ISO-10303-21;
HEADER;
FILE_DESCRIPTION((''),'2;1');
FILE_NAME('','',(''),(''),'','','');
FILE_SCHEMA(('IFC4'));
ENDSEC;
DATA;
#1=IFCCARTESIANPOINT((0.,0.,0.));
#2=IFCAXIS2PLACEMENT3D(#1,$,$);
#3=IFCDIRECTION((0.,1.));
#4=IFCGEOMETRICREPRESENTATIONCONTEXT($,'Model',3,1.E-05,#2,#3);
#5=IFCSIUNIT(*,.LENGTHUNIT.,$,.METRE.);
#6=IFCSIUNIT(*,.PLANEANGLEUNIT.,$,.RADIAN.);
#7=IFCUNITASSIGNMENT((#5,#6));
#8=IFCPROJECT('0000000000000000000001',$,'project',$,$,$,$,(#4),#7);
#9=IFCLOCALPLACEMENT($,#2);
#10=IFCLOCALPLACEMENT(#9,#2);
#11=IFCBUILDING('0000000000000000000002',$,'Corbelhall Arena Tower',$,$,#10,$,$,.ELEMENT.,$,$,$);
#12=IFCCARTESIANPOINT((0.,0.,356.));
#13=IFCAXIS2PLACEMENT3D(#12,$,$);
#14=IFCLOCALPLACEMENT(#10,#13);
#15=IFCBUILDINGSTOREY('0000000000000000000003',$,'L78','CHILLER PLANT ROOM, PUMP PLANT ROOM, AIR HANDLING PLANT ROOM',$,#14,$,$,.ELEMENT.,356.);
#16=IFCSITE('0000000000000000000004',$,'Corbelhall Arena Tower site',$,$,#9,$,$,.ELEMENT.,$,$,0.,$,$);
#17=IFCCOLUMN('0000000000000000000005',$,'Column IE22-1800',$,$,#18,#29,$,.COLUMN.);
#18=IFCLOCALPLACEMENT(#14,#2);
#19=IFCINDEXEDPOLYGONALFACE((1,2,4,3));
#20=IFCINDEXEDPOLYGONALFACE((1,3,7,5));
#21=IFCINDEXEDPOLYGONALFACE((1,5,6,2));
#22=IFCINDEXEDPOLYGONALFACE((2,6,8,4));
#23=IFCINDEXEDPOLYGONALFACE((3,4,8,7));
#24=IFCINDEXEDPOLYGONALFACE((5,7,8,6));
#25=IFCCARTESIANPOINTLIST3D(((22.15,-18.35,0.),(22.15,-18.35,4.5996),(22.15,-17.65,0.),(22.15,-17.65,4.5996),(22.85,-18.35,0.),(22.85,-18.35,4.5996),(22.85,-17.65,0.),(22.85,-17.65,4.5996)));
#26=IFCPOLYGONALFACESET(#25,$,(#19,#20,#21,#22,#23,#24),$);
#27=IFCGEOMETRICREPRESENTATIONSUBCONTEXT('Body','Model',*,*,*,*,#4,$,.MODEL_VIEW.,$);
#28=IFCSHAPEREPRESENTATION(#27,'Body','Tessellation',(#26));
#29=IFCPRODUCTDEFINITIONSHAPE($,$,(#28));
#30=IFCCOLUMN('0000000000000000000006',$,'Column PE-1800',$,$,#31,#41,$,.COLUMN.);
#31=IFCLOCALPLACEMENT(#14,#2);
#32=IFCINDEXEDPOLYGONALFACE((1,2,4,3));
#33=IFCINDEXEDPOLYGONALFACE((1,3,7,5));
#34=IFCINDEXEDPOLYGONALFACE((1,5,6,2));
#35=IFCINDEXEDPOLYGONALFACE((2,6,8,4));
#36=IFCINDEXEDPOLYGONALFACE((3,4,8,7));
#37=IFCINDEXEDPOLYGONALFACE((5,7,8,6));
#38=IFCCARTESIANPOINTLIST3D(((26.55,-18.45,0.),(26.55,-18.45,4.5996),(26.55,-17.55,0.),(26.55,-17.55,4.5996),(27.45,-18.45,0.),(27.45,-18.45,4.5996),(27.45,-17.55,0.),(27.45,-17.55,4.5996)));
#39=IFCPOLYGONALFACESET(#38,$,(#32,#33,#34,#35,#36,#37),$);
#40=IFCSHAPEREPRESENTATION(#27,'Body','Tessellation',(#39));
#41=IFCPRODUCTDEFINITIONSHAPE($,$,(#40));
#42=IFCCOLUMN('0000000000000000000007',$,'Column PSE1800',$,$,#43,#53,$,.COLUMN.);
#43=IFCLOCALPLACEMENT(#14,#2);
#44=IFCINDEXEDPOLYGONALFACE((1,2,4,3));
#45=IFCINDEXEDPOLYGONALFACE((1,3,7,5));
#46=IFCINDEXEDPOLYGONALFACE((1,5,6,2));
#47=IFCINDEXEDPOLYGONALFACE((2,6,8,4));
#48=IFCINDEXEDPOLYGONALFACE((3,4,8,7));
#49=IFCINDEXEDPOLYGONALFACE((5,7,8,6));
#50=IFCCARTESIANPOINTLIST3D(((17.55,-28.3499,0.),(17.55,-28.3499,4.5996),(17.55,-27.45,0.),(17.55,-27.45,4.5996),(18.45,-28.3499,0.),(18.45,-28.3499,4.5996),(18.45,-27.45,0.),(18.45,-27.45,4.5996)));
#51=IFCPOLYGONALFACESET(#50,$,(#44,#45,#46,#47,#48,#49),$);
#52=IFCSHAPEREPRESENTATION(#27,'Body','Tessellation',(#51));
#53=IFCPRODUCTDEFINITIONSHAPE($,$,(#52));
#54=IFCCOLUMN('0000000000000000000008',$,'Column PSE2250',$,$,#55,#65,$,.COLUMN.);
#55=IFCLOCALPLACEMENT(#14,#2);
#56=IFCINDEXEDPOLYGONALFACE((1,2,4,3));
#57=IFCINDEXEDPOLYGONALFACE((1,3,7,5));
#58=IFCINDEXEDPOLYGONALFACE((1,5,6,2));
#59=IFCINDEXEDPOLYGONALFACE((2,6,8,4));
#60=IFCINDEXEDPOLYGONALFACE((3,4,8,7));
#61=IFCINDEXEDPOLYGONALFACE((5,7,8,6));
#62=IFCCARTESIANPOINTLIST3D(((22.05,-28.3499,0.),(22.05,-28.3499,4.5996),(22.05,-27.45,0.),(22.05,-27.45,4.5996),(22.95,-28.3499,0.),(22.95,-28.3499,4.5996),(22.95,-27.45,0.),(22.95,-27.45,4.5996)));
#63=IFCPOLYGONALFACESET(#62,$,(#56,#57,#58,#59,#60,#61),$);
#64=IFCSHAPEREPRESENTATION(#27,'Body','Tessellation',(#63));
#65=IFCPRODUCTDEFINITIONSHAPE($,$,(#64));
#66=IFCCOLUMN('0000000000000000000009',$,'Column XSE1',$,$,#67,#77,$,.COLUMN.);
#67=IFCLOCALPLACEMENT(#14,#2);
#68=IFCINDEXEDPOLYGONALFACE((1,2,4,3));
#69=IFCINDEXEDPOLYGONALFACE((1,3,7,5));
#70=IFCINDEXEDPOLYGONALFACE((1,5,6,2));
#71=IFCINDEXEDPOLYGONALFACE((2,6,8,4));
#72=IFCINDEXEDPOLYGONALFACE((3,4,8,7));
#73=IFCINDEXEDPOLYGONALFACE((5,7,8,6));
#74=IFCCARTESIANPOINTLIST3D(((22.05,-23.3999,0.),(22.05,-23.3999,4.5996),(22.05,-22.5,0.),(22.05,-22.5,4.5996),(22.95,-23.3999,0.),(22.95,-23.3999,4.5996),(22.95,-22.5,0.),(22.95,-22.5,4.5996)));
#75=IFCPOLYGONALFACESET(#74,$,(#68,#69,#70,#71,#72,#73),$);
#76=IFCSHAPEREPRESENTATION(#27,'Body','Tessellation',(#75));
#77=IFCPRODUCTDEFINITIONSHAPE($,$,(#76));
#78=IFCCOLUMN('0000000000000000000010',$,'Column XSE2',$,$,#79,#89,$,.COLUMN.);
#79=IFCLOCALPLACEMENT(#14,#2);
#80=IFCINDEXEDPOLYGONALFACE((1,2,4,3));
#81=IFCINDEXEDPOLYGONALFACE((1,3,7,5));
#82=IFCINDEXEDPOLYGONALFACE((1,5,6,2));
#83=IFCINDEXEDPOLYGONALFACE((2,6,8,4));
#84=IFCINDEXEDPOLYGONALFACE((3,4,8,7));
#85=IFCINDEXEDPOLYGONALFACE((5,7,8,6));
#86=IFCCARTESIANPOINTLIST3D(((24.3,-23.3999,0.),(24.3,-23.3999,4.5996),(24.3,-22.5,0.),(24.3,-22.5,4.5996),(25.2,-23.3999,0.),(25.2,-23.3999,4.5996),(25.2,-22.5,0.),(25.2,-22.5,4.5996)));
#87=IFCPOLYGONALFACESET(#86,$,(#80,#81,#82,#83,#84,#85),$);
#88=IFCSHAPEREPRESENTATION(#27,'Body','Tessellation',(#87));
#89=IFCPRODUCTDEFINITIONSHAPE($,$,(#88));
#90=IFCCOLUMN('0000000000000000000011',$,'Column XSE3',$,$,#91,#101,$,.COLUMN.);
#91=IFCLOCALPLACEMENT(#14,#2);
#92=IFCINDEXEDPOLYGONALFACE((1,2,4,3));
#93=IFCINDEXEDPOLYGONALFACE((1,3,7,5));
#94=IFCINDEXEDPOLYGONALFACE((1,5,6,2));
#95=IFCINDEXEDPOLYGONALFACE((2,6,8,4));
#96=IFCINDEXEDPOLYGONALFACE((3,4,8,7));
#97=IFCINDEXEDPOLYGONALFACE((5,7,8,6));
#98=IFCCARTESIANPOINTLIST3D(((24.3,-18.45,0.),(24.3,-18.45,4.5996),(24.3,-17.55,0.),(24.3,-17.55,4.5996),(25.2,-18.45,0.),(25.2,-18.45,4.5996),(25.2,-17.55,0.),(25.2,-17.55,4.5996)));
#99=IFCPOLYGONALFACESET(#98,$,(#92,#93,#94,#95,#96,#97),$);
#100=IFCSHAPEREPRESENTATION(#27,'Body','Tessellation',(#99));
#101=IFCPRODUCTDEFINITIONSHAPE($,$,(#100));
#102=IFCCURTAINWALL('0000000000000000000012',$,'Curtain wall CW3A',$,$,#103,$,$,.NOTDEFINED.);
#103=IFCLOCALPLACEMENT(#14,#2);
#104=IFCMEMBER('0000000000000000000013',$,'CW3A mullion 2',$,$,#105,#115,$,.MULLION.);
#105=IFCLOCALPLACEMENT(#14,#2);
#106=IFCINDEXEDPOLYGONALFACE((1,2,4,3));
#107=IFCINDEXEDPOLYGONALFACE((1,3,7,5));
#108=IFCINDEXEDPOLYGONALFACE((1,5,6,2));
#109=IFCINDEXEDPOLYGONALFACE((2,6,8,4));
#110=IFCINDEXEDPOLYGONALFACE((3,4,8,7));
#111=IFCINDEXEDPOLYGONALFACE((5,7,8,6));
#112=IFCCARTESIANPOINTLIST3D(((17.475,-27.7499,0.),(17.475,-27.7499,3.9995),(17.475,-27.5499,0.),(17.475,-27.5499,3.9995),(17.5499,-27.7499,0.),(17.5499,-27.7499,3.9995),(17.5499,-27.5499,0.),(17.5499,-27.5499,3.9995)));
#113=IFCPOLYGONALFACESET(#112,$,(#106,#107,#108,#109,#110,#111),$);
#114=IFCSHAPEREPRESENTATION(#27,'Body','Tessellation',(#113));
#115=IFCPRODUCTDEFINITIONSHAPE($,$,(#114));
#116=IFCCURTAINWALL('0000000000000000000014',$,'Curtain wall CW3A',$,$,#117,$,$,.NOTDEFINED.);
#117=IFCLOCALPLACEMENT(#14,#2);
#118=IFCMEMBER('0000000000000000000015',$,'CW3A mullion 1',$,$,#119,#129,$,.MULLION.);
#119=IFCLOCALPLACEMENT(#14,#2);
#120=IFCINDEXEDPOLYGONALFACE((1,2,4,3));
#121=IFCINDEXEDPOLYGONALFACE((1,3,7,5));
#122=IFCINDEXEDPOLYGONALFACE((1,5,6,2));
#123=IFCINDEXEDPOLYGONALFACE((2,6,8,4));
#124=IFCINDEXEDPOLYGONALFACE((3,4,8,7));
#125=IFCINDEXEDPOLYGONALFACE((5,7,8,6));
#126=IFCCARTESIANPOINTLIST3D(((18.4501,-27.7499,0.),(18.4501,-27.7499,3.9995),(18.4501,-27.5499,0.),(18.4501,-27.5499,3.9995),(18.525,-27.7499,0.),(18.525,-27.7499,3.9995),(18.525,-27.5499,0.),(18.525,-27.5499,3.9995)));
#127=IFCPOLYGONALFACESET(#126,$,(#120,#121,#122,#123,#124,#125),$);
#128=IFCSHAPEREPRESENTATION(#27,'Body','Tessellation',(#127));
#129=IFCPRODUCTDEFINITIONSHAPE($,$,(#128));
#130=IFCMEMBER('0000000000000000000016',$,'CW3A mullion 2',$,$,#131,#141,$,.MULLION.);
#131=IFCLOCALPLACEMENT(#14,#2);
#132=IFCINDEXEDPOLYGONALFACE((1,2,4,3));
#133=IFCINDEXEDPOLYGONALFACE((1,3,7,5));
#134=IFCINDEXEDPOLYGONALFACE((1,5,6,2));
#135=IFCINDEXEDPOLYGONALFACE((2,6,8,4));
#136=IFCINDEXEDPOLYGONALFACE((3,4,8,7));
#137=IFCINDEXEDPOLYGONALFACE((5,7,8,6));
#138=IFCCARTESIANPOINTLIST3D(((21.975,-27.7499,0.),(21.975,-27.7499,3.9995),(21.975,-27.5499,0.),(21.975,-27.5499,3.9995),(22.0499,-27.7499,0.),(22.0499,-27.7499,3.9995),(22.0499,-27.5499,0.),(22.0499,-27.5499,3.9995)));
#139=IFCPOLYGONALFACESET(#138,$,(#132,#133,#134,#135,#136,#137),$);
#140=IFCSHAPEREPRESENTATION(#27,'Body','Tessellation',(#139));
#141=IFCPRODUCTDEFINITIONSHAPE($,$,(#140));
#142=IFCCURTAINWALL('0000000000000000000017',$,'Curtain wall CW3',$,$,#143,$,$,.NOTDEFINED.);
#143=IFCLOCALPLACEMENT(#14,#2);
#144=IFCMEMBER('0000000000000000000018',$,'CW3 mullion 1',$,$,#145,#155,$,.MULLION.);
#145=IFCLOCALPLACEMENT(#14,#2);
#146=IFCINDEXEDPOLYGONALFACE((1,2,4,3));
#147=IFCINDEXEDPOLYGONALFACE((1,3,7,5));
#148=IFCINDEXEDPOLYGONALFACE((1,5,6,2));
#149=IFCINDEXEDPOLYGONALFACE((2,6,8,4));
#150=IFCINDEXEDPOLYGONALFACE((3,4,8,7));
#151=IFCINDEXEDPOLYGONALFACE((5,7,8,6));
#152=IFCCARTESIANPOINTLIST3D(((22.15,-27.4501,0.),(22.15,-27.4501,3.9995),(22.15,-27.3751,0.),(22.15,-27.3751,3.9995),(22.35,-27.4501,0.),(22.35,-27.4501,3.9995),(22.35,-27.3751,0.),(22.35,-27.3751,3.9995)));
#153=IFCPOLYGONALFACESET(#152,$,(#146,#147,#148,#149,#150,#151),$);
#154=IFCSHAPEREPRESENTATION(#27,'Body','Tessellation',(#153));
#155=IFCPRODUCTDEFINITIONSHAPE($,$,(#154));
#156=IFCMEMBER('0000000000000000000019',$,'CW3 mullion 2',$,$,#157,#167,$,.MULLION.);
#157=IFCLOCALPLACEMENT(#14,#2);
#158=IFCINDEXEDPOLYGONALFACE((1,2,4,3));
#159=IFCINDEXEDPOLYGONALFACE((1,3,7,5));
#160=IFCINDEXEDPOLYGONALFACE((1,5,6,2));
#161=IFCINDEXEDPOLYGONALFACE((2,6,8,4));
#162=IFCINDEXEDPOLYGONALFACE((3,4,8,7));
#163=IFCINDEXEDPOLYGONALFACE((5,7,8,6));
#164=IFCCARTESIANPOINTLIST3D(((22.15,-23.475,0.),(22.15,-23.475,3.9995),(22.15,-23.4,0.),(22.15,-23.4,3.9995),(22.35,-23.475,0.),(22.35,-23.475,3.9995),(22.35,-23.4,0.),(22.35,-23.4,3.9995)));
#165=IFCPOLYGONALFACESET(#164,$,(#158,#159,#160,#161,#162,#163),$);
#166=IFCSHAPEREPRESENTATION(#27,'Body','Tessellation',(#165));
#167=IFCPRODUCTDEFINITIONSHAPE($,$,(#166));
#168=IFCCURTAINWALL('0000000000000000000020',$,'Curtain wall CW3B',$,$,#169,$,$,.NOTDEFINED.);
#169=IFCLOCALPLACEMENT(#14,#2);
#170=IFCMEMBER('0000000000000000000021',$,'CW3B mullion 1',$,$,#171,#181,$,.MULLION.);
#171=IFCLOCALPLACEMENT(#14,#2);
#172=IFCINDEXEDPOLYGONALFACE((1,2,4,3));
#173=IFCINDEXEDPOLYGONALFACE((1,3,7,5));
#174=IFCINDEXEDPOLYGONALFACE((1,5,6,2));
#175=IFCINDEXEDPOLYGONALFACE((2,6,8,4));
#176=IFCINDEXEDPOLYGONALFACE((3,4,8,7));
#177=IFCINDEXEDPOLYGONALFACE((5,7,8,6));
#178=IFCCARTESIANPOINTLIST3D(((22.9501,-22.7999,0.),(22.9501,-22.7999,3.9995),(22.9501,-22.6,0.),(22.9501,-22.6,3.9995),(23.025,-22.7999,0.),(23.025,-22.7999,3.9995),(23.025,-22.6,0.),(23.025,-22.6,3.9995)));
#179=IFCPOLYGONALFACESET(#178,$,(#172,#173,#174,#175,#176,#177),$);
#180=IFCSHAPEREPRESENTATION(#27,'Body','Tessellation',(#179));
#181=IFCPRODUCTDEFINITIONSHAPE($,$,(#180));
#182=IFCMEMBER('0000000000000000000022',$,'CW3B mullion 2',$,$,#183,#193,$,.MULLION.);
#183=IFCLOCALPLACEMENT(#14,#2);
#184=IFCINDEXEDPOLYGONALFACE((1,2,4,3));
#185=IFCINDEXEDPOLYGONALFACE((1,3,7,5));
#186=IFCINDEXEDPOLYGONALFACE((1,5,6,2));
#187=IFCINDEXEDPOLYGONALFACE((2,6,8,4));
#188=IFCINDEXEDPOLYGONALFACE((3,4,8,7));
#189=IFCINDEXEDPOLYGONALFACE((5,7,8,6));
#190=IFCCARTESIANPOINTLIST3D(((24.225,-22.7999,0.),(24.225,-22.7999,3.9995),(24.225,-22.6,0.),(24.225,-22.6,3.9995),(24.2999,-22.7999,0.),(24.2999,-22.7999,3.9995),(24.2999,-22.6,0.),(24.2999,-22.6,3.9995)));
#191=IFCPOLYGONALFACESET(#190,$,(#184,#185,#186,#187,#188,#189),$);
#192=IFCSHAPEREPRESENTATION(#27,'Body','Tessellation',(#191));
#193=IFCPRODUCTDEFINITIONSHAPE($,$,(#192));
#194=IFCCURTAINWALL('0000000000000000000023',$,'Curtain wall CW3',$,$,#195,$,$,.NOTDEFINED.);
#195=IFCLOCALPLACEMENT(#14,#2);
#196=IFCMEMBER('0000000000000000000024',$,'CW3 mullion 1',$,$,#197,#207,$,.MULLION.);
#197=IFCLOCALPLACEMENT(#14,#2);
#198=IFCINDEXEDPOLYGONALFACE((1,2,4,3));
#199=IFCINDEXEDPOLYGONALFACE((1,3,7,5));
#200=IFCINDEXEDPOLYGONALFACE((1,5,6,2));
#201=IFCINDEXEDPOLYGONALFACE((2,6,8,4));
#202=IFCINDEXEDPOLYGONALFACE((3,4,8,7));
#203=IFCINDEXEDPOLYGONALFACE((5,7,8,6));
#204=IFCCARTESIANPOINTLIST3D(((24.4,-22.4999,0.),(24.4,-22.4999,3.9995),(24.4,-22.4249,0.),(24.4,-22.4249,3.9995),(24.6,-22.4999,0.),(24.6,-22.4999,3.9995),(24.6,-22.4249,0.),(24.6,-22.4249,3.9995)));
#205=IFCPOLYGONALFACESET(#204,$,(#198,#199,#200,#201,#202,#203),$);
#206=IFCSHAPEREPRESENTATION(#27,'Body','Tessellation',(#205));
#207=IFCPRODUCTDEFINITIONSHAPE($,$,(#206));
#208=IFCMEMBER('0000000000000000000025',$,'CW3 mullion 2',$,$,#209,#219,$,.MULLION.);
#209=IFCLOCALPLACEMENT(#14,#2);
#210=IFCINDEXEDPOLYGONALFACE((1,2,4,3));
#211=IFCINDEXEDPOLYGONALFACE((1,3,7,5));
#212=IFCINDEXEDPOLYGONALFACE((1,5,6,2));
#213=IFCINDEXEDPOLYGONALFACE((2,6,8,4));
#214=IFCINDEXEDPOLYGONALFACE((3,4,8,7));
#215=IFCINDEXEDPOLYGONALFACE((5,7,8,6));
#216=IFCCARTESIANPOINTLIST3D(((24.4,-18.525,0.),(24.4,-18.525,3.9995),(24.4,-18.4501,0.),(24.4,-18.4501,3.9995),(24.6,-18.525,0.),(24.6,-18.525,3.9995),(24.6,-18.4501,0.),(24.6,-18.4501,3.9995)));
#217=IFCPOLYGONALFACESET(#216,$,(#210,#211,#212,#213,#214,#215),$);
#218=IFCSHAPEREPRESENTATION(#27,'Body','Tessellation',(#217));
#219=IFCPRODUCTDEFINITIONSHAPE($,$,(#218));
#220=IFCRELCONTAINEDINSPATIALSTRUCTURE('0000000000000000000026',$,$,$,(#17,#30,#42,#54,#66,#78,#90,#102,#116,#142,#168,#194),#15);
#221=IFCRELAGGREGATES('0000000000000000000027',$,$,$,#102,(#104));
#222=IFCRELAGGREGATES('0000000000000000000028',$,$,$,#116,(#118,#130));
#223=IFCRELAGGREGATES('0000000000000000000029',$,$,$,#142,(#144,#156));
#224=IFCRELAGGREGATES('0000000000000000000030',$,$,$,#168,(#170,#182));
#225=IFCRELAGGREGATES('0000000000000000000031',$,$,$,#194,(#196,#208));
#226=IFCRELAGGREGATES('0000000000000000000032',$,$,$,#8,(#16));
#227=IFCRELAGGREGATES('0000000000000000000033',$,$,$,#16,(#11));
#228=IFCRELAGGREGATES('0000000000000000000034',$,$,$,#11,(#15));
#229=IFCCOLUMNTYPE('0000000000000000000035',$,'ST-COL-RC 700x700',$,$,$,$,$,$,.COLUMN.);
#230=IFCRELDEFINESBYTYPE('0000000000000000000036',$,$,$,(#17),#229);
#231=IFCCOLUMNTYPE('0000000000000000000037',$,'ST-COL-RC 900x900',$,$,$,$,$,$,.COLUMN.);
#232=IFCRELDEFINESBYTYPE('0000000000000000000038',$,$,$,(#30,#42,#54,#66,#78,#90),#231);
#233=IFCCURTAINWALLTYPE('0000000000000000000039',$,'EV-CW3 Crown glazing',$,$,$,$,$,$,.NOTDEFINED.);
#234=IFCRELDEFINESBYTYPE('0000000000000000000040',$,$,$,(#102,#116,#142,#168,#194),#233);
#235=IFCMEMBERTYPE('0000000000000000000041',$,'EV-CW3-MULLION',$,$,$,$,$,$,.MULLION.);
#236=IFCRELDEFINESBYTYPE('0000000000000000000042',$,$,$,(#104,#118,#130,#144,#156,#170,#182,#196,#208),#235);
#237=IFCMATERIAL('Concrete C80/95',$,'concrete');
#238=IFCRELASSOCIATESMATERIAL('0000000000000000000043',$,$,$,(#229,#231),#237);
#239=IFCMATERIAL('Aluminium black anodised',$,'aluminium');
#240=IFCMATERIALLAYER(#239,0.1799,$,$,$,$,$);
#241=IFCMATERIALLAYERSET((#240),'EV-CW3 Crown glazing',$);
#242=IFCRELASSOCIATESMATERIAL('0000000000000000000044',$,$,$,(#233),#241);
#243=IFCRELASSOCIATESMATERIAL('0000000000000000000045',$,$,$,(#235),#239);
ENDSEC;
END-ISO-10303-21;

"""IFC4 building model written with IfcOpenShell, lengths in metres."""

from ifc_helpers import new_model, si_unit, direction, frame, origin, origin_2d, place, context, subcontext, project, spatial, rectangle, extrude, material, layer, layer_set, material_profile, profile_set, type_object, element, aggregate, save


model = new_model("IFC4")

# Units and contexts
model_context = context("Model", 3, precision=1e-05, world=origin(), true_north=direction((0.0, 1.0)))
body_context = subcontext(model_context, "Body", "Model", "MODEL_VIEW")
ifc_project = project(units=[si_unit("LENGTHUNIT", "METRE"), si_unit("PLANEANGLEUNIT", "RADIAN")], contexts=[model_context])

# Site, building, storey
site_placement = place(None, origin())
site = spatial("IfcSite", under=ifc_project, at=site_placement, Name="Corbelhall Arena Tower site", CompositionType="ELEMENT", RefElevation=0.0)
building_placement = place(site_placement, origin())
building = spatial("IfcBuilding", under=site, at=building_placement, Name="Corbelhall Arena Tower", CompositionType="ELEMENT")
storey_placement = place(building_placement, frame((0.0, 0.0, 356.0)))
storey = spatial("IfcBuildingStorey", under=building, at=storey_placement, Name="L78", Description="CHILLER PLANT ROOM, PUMP PLANT ROOM, AIR HANDLING PLANT ROOM", CompositionType="ELEMENT", Elevation=356.0)

# Columns
ifc_material_1 = material(Name="Concrete C80/95", Category="concrete")
ifc_material_profile_1 = material_profile(ifc_material_1, rectangle(XDim=0.7, YDim=0.7, at=origin_2d()))
ifc_profile_set_1 = profile_set([ifc_material_profile_1], Name="Concrete C80/95")
column_type_1 = type_object("IfcColumnType", Name="ST-COL-RC 700x700", PredefinedType="COLUMN", material=ifc_profile_set_1)
column_placement = place(storey_placement, frame((22.5, -18.0, 0.0), z_axis=(0.0, 0.0, 1.0), x_axis=(1.0, 0.0, 0.0)))
element("IfcColumn", 1, at=column_placement, inside=storey, type_object=column_type_1, Name="Column IE22-1800", PredefinedType="COLUMN", context=body_context, shape_type="SweptSolid", body=[
    extrude(rectangle(XDim=0.7, YDim=0.7, at=origin_2d()), origin(), (0.0, 0.0, 1.0), 4.5996),
])
ifc_material_profile_2 = material_profile(ifc_material_1, rectangle(XDim=0.8999, YDim=0.8999, at=origin_2d()))
ifc_profile_set_2 = profile_set([ifc_material_profile_2], Name="Concrete C80/95")
column_type_2 = type_object("IfcColumnType", Name="ST-COL-RC 900x900", PredefinedType="COLUMN", material=ifc_profile_set_2)
for number, where, z_axis, x_axis, name in (
    (2, (27.0, -18.0, 0.0), (0.0, 0.0, 1.0), (0.0, 1.0, 0.0), "Column PE-1800"),
    (3, (18.0, -27.8999, 0.0), (0.0, 0.0, 1.0), (1.0, 0.0, 0.0), "Column PSE1800"),
    (4, (22.5, -27.8999, 0.0), (0.0, 0.0, 1.0), (1.0, 0.0, 0.0), "Column PSE2250"),
    (5, (22.5, -22.95, 0.0), (0.0, 0.0, 1.0), (1.0, 0.0, 0.0), "Column XSE1"),
    (6, (24.75, -22.95, 0.0), (0.0, 0.0, 1.0), (1.0, 0.0, 0.0), "Column XSE2"),
    (7, (24.75, -18.0, 0.0), (0.0, 0.0, 1.0), (1.0, 0.0, 0.0), "Column XSE3"),
):
    element("IfcColumn", number, at=place(storey_placement, frame(where, z_axis=z_axis, x_axis=x_axis)), inside=storey, type_object=column_type_2, Name=name, PredefinedType="COLUMN", context=body_context, shape_type="SweptSolid", body=[
        extrude(rectangle(XDim=0.8999, YDim=0.8999, at=origin_2d()), origin(), (0.0, 0.0, 1.0), 4.5996),
    ])

# Curtain wall, member
ifc_material_2 = material(Name="Aluminium black anodised", Category="aluminium")
ifc_layer_1 = layer(ifc_material_2, 0.1799)
ifc_layer_set_1 = layer_set([ifc_layer_1], Name="EV-CW3 Crown glazing")
curtain_wall_type = type_object("IfcCurtainWallType", Name="EV-CW3 Crown glazing", PredefinedType="NOTDEFINED", material=ifc_layer_set_1)
curtain_wall_1_placement = place(storey_placement, origin())
curtain_wall_1 = element("IfcCurtainWall", 8, at=curtain_wall_1_placement, inside=storey, type_object=curtain_wall_type, Name="Curtain wall CW3A", PredefinedType="NOTDEFINED")
ifc_material_profile_3 = material_profile(ifc_material_2, rectangle(XDim=0.2, YDim=0.075, at=origin_2d()))
ifc_profile_set_3 = profile_set([ifc_material_profile_3], Name="Aluminium black anodised")
member_type_1 = type_object("IfcMemberType", Name="EV-CW3-MULLION", PredefinedType="MULLION", material=ifc_profile_set_3)
member_1_placement = place(storey_placement, frame((17.5125, -27.6499, 0.0), z_axis=(0.0, 0.0, 1.0), x_axis=(0.0, 1.0, 0.0)))
member_1 = element("IfcMember", 9, at=member_1_placement, type_object=member_type_1, Name="CW3A mullion 2", PredefinedType="MULLION", context=body_context, shape_type="SweptSolid", body=[
    extrude(rectangle(XDim=0.2, YDim=0.075, at=origin_2d()), origin(), (0.0, 0.0, 1.0), 3.9995),
])

# Curtain walls, members
curtain_wall_2_placement = place(storey_placement, origin())
curtain_wall_2 = element("IfcCurtainWall", 10, at=curtain_wall_2_placement, inside=storey, type_object=curtain_wall_type, Name="Curtain wall CW3A", PredefinedType="NOTDEFINED")
member_2_placement = place(storey_placement, frame((18.4875, -27.6499, 0.0), z_axis=(0.0, 0.0, 1.0), x_axis=(0.0, 1.0, 0.0)))
member_2 = element("IfcMember", 11, at=member_2_placement, type_object=member_type_1, Name="CW3A mullion 1", PredefinedType="MULLION", context=body_context, shape_type="SweptSolid", body=[
    extrude(rectangle(XDim=0.2, YDim=0.075, at=origin_2d()), origin(), (0.0, 0.0, 1.0), 3.9995),
])
member_3_placement = place(storey_placement, frame((22.0125, -27.6499, 0.0), z_axis=(0.0, 0.0, 1.0), x_axis=(0.0, 1.0, 0.0)))
member_3 = element("IfcMember", 12, at=member_3_placement, type_object=member_type_1, Name="CW3A mullion 2", PredefinedType="MULLION", context=body_context, shape_type="SweptSolid", body=[
    extrude(rectangle(XDim=0.2, YDim=0.075, at=origin_2d()), origin(), (0.0, 0.0, 1.0), 3.9995),
])
curtain_wall_3_placement = place(storey_placement, origin())
curtain_wall_3 = element("IfcCurtainWall", 13, at=curtain_wall_3_placement, inside=storey, type_object=curtain_wall_type, Name="Curtain wall CW3", PredefinedType="NOTDEFINED")
member_4_placement = place(storey_placement, frame((22.25, -27.4126, 0.0), z_axis=(0.0, 0.0, 1.0), x_axis=(-1.0, 0.0, 0.0)))
member_4 = element("IfcMember", 14, at=member_4_placement, type_object=member_type_1, Name="CW3 mullion 1", PredefinedType="MULLION", context=body_context, shape_type="SweptSolid", body=[
    extrude(rectangle(XDim=0.2, YDim=0.075, at=origin_2d()), origin(), (0.0, 0.0, 1.0), 3.9995),
])
member_5_placement = place(storey_placement, frame((22.25, -23.4375, 0.0), z_axis=(0.0, 0.0, 1.0), x_axis=(-1.0, 0.0, 0.0)))
member_5 = element("IfcMember", 15, at=member_5_placement, type_object=member_type_1, Name="CW3 mullion 2", PredefinedType="MULLION", context=body_context, shape_type="SweptSolid", body=[
    extrude(rectangle(XDim=0.2, YDim=0.075, at=origin_2d()), origin(), (0.0, 0.0, 1.0), 3.9995),
])
curtain_wall_4_placement = place(storey_placement, origin())
curtain_wall_4 = element("IfcCurtainWall", 16, at=curtain_wall_4_placement, inside=storey, type_object=curtain_wall_type, Name="Curtain wall CW3B", PredefinedType="NOTDEFINED")
member_6_placement = place(storey_placement, frame((22.9875, -22.7, 0.0), z_axis=(0.0, 0.0, 1.0), x_axis=(0.0, 1.0, 0.0)))
member_6 = element("IfcMember", 17, at=member_6_placement, type_object=member_type_1, Name="CW3B mullion 1", PredefinedType="MULLION", context=body_context, shape_type="SweptSolid", body=[
    extrude(rectangle(XDim=0.2, YDim=0.075, at=origin_2d()), origin(), (0.0, 0.0, 1.0), 3.9995),
])
member_7_placement = place(storey_placement, frame((24.2625, -22.7, 0.0), z_axis=(0.0, 0.0, 1.0), x_axis=(0.0, 1.0, 0.0)))
member_7 = element("IfcMember", 18, at=member_7_placement, type_object=member_type_1, Name="CW3B mullion 2", PredefinedType="MULLION", context=body_context, shape_type="SweptSolid", body=[
    extrude(rectangle(XDim=0.2, YDim=0.075, at=origin_2d()), origin(), (0.0, 0.0, 1.0), 3.9995),
])
curtain_wall_5_placement = place(storey_placement, origin())
curtain_wall_5 = element("IfcCurtainWall", 19, at=curtain_wall_5_placement, inside=storey, type_object=curtain_wall_type, Name="Curtain wall CW3", PredefinedType="NOTDEFINED")
member_8_placement = place(storey_placement, frame((24.5, -22.4624, 0.0), z_axis=(0.0, 0.0, 1.0), x_axis=(-1.0, 0.0, 0.0)))
member_8 = element("IfcMember", 20, at=member_8_placement, type_object=member_type_1, Name="CW3 mullion 1", PredefinedType="MULLION", context=body_context, shape_type="SweptSolid", body=[
    extrude(rectangle(XDim=0.2, YDim=0.075, at=origin_2d()), origin(), (0.0, 0.0, 1.0), 3.9995),
])
member_9_placement = place(storey_placement, frame((24.5, -18.4875, 0.0), z_axis=(0.0, 0.0, 1.0), x_axis=(-1.0, 0.0, 0.0)))
member_9 = element("IfcMember", 21, at=member_9_placement, type_object=member_type_1, Name="CW3 mullion 2", PredefinedType="MULLION", context=body_context, shape_type="SweptSolid", body=[
    extrude(rectangle(XDim=0.2, YDim=0.075, at=origin_2d()), origin(), (0.0, 0.0, 1.0), 3.9995),
])

aggregate(curtain_wall_1, [member_1])
aggregate(curtain_wall_2, [member_2, member_3])
aggregate(curtain_wall_3, [member_4, member_5])
aggregate(curtain_wall_4, [member_6, member_7])
aggregate(curtain_wall_5, [member_8, member_9])

save(model, "model.ifc")
